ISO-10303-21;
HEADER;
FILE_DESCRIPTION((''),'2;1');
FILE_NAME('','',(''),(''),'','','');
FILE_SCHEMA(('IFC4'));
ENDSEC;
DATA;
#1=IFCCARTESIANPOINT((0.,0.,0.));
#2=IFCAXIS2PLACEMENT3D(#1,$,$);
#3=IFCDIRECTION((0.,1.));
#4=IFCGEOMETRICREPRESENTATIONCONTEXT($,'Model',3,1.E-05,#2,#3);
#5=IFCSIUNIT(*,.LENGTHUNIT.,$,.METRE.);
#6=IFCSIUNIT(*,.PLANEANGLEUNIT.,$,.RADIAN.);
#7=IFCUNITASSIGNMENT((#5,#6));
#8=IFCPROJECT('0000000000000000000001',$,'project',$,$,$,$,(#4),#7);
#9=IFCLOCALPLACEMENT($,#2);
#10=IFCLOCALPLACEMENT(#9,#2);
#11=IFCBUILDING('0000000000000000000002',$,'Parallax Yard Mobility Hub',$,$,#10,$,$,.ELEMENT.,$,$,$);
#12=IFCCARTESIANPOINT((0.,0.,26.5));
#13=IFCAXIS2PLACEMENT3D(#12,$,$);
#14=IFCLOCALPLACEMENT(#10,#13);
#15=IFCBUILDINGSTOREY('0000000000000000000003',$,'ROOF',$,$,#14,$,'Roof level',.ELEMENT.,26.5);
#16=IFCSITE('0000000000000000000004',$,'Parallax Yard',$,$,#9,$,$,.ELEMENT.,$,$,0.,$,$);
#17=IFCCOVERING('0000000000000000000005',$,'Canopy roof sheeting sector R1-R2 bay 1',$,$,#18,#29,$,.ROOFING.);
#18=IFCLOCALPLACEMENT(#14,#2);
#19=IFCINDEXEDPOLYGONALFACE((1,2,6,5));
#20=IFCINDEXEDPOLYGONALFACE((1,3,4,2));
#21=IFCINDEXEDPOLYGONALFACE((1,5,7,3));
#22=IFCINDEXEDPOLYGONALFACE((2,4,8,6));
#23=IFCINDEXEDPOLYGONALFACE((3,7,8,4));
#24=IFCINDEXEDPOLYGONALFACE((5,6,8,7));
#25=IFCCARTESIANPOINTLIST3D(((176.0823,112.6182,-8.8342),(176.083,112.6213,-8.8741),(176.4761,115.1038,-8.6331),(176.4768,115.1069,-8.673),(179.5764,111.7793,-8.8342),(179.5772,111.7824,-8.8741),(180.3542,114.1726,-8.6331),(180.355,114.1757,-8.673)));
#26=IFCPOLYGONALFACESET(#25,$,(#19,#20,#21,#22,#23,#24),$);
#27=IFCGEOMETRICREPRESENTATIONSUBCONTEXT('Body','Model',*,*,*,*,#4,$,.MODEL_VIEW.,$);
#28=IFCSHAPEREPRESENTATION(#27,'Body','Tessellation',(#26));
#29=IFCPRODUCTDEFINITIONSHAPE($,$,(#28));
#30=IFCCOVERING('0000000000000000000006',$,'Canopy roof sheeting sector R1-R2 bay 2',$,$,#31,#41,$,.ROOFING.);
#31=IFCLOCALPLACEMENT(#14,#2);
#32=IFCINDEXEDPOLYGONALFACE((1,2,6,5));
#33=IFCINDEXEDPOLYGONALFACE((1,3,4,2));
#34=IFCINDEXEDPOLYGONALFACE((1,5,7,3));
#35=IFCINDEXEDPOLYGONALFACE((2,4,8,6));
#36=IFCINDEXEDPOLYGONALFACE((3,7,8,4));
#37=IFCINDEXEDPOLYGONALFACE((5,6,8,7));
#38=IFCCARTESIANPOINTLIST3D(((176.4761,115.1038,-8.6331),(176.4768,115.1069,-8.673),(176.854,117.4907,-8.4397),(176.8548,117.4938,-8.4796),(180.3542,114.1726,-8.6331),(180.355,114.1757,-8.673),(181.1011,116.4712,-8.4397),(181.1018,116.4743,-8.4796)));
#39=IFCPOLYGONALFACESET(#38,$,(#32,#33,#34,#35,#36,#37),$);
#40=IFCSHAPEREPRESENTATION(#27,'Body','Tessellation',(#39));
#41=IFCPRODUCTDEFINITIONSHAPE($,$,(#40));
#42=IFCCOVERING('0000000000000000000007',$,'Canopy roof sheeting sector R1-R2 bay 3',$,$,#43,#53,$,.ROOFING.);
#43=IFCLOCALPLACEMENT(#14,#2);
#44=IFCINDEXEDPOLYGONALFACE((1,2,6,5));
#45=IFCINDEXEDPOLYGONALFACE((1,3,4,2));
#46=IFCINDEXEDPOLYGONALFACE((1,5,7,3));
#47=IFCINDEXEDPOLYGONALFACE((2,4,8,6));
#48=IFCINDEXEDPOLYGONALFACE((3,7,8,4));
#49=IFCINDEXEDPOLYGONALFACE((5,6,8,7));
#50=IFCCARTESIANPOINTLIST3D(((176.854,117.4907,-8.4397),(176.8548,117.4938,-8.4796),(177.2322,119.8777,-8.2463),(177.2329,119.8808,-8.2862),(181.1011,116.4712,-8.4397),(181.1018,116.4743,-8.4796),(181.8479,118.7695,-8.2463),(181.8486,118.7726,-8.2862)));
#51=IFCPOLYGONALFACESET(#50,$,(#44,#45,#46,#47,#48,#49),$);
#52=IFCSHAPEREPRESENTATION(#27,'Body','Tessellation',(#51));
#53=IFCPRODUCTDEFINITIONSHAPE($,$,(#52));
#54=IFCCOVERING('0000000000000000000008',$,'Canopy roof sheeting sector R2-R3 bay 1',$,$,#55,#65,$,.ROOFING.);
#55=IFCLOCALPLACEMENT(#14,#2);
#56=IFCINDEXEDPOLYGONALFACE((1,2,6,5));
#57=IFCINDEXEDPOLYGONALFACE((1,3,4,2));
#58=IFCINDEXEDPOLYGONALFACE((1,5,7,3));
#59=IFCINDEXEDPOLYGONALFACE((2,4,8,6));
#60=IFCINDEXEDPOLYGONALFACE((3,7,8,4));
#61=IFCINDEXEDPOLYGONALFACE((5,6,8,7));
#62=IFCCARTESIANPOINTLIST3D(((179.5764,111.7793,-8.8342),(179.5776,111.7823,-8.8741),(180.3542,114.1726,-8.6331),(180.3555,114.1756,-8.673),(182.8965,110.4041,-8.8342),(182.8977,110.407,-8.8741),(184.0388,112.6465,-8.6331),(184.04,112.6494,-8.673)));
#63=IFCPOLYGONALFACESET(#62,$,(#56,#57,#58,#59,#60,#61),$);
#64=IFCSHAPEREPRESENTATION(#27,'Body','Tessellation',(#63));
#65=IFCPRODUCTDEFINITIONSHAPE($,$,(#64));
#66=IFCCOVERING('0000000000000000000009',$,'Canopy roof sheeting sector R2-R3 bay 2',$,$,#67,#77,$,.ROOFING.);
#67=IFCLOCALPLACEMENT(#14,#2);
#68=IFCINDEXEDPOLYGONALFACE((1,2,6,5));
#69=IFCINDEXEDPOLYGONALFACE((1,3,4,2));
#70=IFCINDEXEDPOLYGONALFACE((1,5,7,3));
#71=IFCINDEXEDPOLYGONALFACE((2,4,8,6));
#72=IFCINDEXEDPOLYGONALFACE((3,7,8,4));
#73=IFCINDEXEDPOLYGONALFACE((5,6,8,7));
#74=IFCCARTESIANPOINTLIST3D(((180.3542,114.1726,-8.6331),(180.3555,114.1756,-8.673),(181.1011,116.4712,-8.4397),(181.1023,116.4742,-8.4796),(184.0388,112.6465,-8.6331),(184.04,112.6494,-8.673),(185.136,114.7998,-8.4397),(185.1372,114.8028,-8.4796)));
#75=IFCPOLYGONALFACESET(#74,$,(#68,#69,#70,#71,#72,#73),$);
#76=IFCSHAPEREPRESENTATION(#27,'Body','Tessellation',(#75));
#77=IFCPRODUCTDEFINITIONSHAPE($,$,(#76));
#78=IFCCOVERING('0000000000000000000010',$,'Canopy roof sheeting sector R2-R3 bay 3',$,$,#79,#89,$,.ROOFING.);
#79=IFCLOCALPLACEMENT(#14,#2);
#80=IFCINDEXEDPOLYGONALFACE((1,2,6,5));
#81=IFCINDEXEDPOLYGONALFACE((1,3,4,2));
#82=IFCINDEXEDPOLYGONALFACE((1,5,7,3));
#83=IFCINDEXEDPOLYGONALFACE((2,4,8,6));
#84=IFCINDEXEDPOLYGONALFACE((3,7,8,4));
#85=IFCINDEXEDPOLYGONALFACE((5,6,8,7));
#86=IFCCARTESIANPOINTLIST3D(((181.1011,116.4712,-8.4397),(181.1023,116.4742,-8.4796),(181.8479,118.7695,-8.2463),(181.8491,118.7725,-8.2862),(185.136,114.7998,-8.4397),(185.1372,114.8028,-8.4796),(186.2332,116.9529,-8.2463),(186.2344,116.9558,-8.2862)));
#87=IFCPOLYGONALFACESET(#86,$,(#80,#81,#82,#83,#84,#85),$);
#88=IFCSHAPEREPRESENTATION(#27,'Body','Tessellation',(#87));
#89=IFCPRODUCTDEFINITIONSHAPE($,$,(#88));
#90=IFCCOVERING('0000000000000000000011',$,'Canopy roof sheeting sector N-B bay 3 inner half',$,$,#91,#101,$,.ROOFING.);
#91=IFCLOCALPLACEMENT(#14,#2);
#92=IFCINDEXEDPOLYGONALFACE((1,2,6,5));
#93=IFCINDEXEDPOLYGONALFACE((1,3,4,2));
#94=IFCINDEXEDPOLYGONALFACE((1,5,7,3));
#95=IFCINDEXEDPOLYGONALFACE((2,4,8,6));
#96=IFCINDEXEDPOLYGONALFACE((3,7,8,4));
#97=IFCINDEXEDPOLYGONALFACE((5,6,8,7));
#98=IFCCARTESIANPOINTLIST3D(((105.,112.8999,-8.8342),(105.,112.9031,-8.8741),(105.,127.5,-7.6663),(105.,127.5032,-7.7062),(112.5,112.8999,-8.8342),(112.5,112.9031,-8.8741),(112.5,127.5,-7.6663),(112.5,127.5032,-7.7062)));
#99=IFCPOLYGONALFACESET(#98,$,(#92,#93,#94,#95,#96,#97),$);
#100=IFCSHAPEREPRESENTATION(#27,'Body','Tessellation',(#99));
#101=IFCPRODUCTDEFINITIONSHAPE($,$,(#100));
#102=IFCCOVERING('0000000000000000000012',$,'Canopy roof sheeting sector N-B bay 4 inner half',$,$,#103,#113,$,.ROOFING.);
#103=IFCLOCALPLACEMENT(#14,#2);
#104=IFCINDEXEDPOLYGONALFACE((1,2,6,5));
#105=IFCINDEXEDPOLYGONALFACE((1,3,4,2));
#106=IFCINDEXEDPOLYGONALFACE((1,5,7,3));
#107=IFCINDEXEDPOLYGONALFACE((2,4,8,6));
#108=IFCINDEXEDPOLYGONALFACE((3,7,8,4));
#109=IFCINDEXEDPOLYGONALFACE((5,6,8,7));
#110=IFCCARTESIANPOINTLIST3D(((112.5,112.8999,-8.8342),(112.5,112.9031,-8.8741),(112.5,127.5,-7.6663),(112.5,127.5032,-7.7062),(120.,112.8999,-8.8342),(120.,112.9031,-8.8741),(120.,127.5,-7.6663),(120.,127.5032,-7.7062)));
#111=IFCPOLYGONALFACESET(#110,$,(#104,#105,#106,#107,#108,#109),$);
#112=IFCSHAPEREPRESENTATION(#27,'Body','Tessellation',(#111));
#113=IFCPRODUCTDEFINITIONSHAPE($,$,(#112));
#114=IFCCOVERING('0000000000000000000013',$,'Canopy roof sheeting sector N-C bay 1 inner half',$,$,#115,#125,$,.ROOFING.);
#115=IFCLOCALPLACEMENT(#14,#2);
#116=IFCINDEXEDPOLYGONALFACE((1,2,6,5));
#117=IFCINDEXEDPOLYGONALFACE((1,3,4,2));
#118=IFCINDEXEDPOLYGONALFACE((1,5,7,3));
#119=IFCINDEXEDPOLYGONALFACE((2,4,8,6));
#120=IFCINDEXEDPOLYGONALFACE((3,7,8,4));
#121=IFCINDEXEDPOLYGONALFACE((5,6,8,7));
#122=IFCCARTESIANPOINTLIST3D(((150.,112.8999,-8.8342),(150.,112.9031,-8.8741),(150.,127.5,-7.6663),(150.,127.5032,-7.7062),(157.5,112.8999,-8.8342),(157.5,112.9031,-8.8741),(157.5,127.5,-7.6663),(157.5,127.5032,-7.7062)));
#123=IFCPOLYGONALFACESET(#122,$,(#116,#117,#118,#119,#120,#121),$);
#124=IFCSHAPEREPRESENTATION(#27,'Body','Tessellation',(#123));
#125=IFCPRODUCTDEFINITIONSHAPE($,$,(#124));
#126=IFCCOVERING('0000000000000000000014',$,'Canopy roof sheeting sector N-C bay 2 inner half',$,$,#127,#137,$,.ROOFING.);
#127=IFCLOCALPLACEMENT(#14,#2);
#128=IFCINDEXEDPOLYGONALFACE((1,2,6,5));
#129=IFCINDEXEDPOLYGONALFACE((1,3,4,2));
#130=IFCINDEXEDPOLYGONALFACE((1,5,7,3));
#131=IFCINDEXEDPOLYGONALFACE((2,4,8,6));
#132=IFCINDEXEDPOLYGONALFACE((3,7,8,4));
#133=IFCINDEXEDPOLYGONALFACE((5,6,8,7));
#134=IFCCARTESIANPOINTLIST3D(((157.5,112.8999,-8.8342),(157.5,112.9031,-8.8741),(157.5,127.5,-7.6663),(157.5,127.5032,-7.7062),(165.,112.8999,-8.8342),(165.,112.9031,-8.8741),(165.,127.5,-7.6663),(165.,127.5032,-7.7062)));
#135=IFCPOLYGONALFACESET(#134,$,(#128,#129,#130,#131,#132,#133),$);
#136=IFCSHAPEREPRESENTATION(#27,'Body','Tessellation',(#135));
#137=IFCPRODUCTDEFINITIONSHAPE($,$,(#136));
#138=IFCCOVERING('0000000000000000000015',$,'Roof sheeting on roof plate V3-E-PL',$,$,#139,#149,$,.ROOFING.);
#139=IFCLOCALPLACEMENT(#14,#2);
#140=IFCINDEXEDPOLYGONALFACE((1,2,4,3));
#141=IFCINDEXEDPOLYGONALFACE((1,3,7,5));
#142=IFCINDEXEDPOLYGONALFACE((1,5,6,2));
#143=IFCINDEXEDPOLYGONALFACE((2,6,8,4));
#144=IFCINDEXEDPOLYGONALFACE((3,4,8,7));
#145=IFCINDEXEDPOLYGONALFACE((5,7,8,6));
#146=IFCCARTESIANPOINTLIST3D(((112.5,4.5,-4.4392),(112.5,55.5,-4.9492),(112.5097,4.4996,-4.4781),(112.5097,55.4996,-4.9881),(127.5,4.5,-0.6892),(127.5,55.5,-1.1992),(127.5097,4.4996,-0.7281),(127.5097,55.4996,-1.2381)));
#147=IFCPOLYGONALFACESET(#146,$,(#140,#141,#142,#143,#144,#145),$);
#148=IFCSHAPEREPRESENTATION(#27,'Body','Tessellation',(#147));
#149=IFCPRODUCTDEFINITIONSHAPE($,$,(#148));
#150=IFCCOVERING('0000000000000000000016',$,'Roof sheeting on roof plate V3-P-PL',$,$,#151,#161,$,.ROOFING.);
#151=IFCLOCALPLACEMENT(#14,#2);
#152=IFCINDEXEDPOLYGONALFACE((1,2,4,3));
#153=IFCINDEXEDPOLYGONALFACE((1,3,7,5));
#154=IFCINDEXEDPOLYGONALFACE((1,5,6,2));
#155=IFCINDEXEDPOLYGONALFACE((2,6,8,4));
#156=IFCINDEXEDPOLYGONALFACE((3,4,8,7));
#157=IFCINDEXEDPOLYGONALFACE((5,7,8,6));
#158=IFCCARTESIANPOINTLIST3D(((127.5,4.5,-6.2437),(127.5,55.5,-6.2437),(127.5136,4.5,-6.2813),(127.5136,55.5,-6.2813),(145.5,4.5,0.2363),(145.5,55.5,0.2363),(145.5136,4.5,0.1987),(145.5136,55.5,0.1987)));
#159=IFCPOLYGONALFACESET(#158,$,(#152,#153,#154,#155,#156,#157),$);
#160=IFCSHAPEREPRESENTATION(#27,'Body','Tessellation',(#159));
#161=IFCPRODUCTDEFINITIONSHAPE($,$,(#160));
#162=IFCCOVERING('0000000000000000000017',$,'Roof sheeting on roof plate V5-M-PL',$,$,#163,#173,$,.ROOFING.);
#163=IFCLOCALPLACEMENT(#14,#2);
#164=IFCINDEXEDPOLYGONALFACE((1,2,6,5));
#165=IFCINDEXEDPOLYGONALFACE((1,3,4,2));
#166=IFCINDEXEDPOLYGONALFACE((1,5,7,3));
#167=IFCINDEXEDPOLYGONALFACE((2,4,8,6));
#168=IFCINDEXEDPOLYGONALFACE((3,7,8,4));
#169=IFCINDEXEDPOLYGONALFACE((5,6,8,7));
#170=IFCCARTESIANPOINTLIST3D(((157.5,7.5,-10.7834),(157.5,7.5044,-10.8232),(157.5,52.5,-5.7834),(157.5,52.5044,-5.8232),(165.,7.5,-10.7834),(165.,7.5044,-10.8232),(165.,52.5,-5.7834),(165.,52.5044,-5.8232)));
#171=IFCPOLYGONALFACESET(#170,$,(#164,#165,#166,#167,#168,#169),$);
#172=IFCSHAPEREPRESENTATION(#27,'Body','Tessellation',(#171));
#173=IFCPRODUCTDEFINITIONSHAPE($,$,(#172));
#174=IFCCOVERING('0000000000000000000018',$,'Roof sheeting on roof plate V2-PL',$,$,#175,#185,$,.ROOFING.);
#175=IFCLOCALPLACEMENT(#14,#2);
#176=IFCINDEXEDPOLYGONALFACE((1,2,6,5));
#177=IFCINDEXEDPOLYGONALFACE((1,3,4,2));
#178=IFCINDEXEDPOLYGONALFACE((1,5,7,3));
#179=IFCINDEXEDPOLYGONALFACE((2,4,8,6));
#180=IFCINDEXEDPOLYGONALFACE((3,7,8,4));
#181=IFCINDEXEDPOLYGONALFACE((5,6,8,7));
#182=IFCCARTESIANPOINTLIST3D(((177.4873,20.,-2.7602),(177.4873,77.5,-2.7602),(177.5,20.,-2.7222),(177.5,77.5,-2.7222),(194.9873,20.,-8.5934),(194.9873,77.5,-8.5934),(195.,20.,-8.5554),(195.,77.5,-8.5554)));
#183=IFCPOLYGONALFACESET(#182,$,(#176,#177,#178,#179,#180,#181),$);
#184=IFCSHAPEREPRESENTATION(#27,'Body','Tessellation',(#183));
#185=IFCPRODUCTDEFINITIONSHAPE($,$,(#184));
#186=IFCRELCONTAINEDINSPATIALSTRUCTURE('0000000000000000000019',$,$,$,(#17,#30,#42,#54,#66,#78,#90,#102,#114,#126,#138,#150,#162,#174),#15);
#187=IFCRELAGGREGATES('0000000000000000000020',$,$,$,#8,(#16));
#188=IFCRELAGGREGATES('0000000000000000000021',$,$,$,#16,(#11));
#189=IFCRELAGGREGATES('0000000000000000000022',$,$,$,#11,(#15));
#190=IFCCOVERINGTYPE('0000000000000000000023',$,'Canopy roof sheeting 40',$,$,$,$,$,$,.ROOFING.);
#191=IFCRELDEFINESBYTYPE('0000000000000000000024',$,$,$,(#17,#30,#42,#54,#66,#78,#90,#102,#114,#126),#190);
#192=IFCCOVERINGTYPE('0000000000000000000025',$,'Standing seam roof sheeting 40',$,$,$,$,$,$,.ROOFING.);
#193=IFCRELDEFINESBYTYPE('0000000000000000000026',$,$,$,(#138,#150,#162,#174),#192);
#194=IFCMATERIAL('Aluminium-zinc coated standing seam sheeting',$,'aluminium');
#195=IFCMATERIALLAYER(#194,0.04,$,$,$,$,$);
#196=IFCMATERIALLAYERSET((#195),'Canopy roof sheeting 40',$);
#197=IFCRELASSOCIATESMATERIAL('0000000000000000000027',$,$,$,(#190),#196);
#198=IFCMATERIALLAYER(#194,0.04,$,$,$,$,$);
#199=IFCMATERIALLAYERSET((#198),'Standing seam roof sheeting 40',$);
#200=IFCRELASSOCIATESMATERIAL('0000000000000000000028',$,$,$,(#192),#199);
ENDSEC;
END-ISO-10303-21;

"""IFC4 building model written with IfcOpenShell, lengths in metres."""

from ifc_helpers import new_model, si_unit, direction, frame, origin, place, context, subcontext, project, spatial, polyline, outline, extrude, material, layer, layer_set, type_object, element, save


model = new_model("IFC4")

# Units and contexts
model_context = context("Model", 3, precision=1e-05, world=origin(), true_north=direction((0.0, 1.0)))
body_context = subcontext(model_context, "Body", "Model", "MODEL_VIEW")
ifc_project = project(units=[si_unit("LENGTHUNIT", "METRE"), si_unit("PLANEANGLEUNIT", "RADIAN")], contexts=[model_context])

# Site, building, storey
site_placement = place(None, origin())
site = spatial("IfcSite", under=ifc_project, at=site_placement, Name="Parallax Yard", CompositionType="ELEMENT", RefElevation=0.0)
building_placement = place(site_placement, origin())
building = spatial("IfcBuilding", under=site, at=building_placement, Name="Parallax Yard Mobility Hub", CompositionType="ELEMENT")
storey_placement = place(building_placement, frame((0.0, 0.0, 26.5)))
storey = spatial("IfcBuildingStorey", under=building, at=storey_placement, Name="ROOF", LongName="Roof level", CompositionType="ELEMENT", Elevation=26.5)

# Shared definitions
placement = place(building_placement, frame((0.0, 0.0, 13.2)))

# Coverings
ifc_material_1 = material(Name="Aluminium-zinc coated standing seam sheeting", Category="aluminium")
ifc_layer_1 = layer(ifc_material_1, 0.04)
ifc_layer_set_1 = layer_set([ifc_layer_1], Name="Canopy roof sheeting 40")
covering_type_1 = type_object("IfcCoveringType", Name="Canopy roof sheeting 40", PredefinedType="ROOFING", material=ifc_layer_set_1)
covering_1_placement = place(placement, frame((176.0823, 112.6182, 4.4658), z_axis=(-0.01866, -0.077721, 0.996801), x_axis=(0.97237, -0.233445, 0.000001)))
element("IfcCovering", 1, at=covering_1_placement, inside=storey, type_object=covering_type_1, Name="Canopy roof sheeting sector R1-R2 bay 1", PredefinedType="ROOFING", context=body_context, shape_type="SweptSolid", body=[
    extrude(outline(polyline([(0.0, 0.0), (3.5934, 0.0), (3.7911, 2.5168), (-0.1973, 2.5169), (0.0, 0.0)])), origin(), (0.0, 0.0, -1.0), 0.04),
])
covering_2_placement = place(placement, frame((176.4761, 115.1038, 4.667), z_axis=(-0.018675, -0.077787, 0.996795), x_axis=(0.972365, -0.233465, -0.000002)))
element("IfcCovering", 2, at=covering_2_placement, inside=storey, type_object=covering_type_1, Name="Canopy roof sheeting sector R1-R2 bay 2", PredefinedType="ROOFING", context=body_context, shape_type="SweptSolid", body=[
    extrude(outline(polyline([(0.0, 0.0), (3.9884, 0.0), (4.1779, 2.4172), (-0.1898, 2.417), (0.0, 0.0)])), origin(), (0.0, 0.0, -1.0), 0.04),
])
covering_3_placement = place(placement, frame((176.854, 117.4907, 4.8604), z_axis=(-0.018675, -0.07779, 0.996795), x_axis=(0.972375, -0.233424, 0.000001)))
element("IfcCovering", 3, at=covering_3_placement, inside=storey, type_object=covering_type_1, Name="Canopy roof sheeting sector R1-R2 bay 3", PredefinedType="ROOFING", context=body_context, shape_type="SweptSolid", body=[
    extrude(outline(polyline([(0.0, 0.0), (4.3677, 0.0), (4.5574, 2.4169), (-0.1894, 2.417), (0.0, 0.0)])), origin(), (0.0, 0.0, -1.0), 0.04),
])
covering_4_placement = place(placement, frame((179.5764, 111.7793, 4.4658), z_axis=(-0.030587, -0.073845, 0.996801), x_axis=(0.923877, -0.38269, -0.000001)))
element("IfcCovering", 4, at=covering_4_placement, inside=storey, type_object=covering_type_1, Name="Canopy roof sheeting sector R2-R3 bay 1", PredefinedType="ROOFING", context=body_context, shape_type="SweptSolid", body=[
    extrude(outline(polyline([(0.0, 0.0), (3.5936, 0.0), (3.7908, 2.5169), (-0.1973, 2.5168), (0.0, 0.0)])), origin(), (0.0, 0.0, -1.0), 0.04),
])
covering_5_placement = place(placement, frame((180.3542, 114.1726, 4.667), z_axis=(-0.030613, -0.073907, 0.996795), x_axis=(0.923886, -0.382667, 0.000001)))
element("IfcCovering", 5, at=covering_5_placement, inside=storey, type_object=covering_type_1, Name="Canopy roof sheeting sector R2-R3 bay 2", PredefinedType="ROOFING", context=body_context, shape_type="SweptSolid", body=[
    extrude(outline(polyline([(0.0, 0.0), (3.9881, 0.0), (4.1778, 2.417), (-0.1896, 2.4172), (0.0, 0.0)])), origin(), (0.0, 0.0, -1.0), 0.04),
])
covering_6_placement = place(placement, frame((181.1011, 116.4712, 4.8604), z_axis=(-0.030618, -0.073913, 0.996795), x_axis=(0.923874, -0.382697, 0.000001)))
element("IfcCovering", 6, at=covering_6_placement, inside=storey, type_object=covering_type_1, Name="Canopy roof sheeting sector R2-R3 bay 3", PredefinedType="ROOFING", context=body_context, shape_type="SweptSolid", body=[
    extrude(outline(polyline([(0.0, 0.0), (4.3674, 0.0), (4.5571, 2.4168), (-0.1896, 2.4169), (0.0, 0.0)])), origin(), (0.0, 0.0, -1.0), 0.04),
])
for number, where, z_axis, x_axis, name in (
    (7, (105.0, 112.8999, 4.4658), (0.0, -0.079743, 0.996815), (1.0, 0.0, 0.0), "Canopy roof sheeting sector N-B bay 3 inner half"),
    (8, (112.5, 112.8999, 4.4658), (0.0, -0.079743, 0.996815), (1.0, 0.0, 0.0), "Canopy roof sheeting sector N-B bay 4 inner half"),
    (9, (150.0, 112.8999, 4.4658), (0.0, -0.079743, 0.996815), (1.0, 0.0, 0.0), "Canopy roof sheeting sector N-C bay 1 inner half"),
    (10, (157.5, 112.8999, 4.4658), (0.0, -0.079743, 0.996815), (1.0, 0.0, 0.0), "Canopy roof sheeting sector N-C bay 2 inner half"),
):
    element("IfcCovering", number, at=place(placement, frame(where, z_axis=z_axis, x_axis=x_axis)), inside=storey, type_object=covering_type_1, Name=name, PredefinedType="ROOFING", context=body_context, shape_type="SweptSolid", body=[
        extrude(outline(polyline([(0.0, 0.0), (7.5, 0.0), (7.5, 14.6467), (0.0, 14.6467), (0.0, 0.0)])), origin(), (0.0, 0.0, -1.0), 0.04),
    ])
ifc_layer_2 = layer(ifc_material_1, 0.04)
ifc_layer_set_2 = layer_set([ifc_layer_2], Name="Standing seam roof sheeting 40")
covering_type_2 = type_object("IfcCoveringType", Name="Standing seam roof sheeting 40", PredefinedType="ROOFING", material=ifc_layer_set_2)
covering_7_placement = place(placement, frame((112.5, 4.5, 8.8608), z_axis=(-0.242524, 0.009701, 0.970097), x_axis=(0.970143, 0.0, 0.242536)))
element("IfcCovering", 11, at=covering_7_placement, inside=storey, type_object=covering_type_2, Name="Roof sheeting on roof plate V3-E-PL", PredefinedType="ROOFING", context=body_context, shape_type="SweptSolid", body=[
    extrude(outline(polyline([(0.0, 0.0), (15.4616, 0.0), (15.338, 51.0024), (-0.1237, 51.0024), (0.0, 0.0)])), origin(), (0.0, 0.0, -1.0), 0.04),
])
covering_8_placement = place(placement, frame((127.5, 4.5, 7.0564), z_axis=(-0.338719, 0.0, 0.940888), x_axis=(0.940888, 0.0, 0.338719)))
element("IfcCovering", 12, at=covering_8_placement, inside=storey, type_object=covering_type_2, Name="Roof sheeting on roof plate V3-P-PL", PredefinedType="ROOFING", context=body_context, shape_type="SweptSolid", body=[
    extrude(outline(polyline([(0.0, 0.0), (19.1309, 0.0), (19.1309, 51.0), (0.0, 51.0), (0.0, 0.0)])), origin(), (0.0, 0.0, -1.0), 0.04),
])
covering_9_placement = place(placement, frame((157.5, 7.5, 2.5166), z_axis=(0.0, -0.110432, 0.993884), x_axis=(1.0, 0.0, 0.0)))
element("IfcCovering", 13, at=covering_9_placement, inside=storey, type_object=covering_type_2, Name="Roof sheeting on roof plate V5-M-PL", PredefinedType="ROOFING", context=body_context, shape_type="SweptSolid", body=[
    extrude(outline(polyline([(0.0, 0.0), (7.5, 0.0), (7.5, 45.2769), (0.0, 45.2769), (0.0, 0.0)])), origin(), (0.0, 0.0, -1.0), 0.04),
])
covering_10_placement = place(placement, frame((177.5, 20.0, 10.5779), z_axis=(0.316224, 0.0, 0.948685), x_axis=(0.948685, 0.0, -0.316224)))
element("IfcCovering", 14, at=covering_10_placement, inside=storey, type_object=covering_type_2, Name="Roof sheeting on roof plate V2-PL", PredefinedType="ROOFING", context=body_context, shape_type="SweptSolid", body=[
    extrude(outline(polyline([(0.0, 0.0), (18.4466, 0.0), (18.4466, 57.5), (0.0, 57.5), (0.0, 0.0)])), origin(), (0.0, 0.0, -1.0), 0.04),
])

save(model, "model.ifc")
